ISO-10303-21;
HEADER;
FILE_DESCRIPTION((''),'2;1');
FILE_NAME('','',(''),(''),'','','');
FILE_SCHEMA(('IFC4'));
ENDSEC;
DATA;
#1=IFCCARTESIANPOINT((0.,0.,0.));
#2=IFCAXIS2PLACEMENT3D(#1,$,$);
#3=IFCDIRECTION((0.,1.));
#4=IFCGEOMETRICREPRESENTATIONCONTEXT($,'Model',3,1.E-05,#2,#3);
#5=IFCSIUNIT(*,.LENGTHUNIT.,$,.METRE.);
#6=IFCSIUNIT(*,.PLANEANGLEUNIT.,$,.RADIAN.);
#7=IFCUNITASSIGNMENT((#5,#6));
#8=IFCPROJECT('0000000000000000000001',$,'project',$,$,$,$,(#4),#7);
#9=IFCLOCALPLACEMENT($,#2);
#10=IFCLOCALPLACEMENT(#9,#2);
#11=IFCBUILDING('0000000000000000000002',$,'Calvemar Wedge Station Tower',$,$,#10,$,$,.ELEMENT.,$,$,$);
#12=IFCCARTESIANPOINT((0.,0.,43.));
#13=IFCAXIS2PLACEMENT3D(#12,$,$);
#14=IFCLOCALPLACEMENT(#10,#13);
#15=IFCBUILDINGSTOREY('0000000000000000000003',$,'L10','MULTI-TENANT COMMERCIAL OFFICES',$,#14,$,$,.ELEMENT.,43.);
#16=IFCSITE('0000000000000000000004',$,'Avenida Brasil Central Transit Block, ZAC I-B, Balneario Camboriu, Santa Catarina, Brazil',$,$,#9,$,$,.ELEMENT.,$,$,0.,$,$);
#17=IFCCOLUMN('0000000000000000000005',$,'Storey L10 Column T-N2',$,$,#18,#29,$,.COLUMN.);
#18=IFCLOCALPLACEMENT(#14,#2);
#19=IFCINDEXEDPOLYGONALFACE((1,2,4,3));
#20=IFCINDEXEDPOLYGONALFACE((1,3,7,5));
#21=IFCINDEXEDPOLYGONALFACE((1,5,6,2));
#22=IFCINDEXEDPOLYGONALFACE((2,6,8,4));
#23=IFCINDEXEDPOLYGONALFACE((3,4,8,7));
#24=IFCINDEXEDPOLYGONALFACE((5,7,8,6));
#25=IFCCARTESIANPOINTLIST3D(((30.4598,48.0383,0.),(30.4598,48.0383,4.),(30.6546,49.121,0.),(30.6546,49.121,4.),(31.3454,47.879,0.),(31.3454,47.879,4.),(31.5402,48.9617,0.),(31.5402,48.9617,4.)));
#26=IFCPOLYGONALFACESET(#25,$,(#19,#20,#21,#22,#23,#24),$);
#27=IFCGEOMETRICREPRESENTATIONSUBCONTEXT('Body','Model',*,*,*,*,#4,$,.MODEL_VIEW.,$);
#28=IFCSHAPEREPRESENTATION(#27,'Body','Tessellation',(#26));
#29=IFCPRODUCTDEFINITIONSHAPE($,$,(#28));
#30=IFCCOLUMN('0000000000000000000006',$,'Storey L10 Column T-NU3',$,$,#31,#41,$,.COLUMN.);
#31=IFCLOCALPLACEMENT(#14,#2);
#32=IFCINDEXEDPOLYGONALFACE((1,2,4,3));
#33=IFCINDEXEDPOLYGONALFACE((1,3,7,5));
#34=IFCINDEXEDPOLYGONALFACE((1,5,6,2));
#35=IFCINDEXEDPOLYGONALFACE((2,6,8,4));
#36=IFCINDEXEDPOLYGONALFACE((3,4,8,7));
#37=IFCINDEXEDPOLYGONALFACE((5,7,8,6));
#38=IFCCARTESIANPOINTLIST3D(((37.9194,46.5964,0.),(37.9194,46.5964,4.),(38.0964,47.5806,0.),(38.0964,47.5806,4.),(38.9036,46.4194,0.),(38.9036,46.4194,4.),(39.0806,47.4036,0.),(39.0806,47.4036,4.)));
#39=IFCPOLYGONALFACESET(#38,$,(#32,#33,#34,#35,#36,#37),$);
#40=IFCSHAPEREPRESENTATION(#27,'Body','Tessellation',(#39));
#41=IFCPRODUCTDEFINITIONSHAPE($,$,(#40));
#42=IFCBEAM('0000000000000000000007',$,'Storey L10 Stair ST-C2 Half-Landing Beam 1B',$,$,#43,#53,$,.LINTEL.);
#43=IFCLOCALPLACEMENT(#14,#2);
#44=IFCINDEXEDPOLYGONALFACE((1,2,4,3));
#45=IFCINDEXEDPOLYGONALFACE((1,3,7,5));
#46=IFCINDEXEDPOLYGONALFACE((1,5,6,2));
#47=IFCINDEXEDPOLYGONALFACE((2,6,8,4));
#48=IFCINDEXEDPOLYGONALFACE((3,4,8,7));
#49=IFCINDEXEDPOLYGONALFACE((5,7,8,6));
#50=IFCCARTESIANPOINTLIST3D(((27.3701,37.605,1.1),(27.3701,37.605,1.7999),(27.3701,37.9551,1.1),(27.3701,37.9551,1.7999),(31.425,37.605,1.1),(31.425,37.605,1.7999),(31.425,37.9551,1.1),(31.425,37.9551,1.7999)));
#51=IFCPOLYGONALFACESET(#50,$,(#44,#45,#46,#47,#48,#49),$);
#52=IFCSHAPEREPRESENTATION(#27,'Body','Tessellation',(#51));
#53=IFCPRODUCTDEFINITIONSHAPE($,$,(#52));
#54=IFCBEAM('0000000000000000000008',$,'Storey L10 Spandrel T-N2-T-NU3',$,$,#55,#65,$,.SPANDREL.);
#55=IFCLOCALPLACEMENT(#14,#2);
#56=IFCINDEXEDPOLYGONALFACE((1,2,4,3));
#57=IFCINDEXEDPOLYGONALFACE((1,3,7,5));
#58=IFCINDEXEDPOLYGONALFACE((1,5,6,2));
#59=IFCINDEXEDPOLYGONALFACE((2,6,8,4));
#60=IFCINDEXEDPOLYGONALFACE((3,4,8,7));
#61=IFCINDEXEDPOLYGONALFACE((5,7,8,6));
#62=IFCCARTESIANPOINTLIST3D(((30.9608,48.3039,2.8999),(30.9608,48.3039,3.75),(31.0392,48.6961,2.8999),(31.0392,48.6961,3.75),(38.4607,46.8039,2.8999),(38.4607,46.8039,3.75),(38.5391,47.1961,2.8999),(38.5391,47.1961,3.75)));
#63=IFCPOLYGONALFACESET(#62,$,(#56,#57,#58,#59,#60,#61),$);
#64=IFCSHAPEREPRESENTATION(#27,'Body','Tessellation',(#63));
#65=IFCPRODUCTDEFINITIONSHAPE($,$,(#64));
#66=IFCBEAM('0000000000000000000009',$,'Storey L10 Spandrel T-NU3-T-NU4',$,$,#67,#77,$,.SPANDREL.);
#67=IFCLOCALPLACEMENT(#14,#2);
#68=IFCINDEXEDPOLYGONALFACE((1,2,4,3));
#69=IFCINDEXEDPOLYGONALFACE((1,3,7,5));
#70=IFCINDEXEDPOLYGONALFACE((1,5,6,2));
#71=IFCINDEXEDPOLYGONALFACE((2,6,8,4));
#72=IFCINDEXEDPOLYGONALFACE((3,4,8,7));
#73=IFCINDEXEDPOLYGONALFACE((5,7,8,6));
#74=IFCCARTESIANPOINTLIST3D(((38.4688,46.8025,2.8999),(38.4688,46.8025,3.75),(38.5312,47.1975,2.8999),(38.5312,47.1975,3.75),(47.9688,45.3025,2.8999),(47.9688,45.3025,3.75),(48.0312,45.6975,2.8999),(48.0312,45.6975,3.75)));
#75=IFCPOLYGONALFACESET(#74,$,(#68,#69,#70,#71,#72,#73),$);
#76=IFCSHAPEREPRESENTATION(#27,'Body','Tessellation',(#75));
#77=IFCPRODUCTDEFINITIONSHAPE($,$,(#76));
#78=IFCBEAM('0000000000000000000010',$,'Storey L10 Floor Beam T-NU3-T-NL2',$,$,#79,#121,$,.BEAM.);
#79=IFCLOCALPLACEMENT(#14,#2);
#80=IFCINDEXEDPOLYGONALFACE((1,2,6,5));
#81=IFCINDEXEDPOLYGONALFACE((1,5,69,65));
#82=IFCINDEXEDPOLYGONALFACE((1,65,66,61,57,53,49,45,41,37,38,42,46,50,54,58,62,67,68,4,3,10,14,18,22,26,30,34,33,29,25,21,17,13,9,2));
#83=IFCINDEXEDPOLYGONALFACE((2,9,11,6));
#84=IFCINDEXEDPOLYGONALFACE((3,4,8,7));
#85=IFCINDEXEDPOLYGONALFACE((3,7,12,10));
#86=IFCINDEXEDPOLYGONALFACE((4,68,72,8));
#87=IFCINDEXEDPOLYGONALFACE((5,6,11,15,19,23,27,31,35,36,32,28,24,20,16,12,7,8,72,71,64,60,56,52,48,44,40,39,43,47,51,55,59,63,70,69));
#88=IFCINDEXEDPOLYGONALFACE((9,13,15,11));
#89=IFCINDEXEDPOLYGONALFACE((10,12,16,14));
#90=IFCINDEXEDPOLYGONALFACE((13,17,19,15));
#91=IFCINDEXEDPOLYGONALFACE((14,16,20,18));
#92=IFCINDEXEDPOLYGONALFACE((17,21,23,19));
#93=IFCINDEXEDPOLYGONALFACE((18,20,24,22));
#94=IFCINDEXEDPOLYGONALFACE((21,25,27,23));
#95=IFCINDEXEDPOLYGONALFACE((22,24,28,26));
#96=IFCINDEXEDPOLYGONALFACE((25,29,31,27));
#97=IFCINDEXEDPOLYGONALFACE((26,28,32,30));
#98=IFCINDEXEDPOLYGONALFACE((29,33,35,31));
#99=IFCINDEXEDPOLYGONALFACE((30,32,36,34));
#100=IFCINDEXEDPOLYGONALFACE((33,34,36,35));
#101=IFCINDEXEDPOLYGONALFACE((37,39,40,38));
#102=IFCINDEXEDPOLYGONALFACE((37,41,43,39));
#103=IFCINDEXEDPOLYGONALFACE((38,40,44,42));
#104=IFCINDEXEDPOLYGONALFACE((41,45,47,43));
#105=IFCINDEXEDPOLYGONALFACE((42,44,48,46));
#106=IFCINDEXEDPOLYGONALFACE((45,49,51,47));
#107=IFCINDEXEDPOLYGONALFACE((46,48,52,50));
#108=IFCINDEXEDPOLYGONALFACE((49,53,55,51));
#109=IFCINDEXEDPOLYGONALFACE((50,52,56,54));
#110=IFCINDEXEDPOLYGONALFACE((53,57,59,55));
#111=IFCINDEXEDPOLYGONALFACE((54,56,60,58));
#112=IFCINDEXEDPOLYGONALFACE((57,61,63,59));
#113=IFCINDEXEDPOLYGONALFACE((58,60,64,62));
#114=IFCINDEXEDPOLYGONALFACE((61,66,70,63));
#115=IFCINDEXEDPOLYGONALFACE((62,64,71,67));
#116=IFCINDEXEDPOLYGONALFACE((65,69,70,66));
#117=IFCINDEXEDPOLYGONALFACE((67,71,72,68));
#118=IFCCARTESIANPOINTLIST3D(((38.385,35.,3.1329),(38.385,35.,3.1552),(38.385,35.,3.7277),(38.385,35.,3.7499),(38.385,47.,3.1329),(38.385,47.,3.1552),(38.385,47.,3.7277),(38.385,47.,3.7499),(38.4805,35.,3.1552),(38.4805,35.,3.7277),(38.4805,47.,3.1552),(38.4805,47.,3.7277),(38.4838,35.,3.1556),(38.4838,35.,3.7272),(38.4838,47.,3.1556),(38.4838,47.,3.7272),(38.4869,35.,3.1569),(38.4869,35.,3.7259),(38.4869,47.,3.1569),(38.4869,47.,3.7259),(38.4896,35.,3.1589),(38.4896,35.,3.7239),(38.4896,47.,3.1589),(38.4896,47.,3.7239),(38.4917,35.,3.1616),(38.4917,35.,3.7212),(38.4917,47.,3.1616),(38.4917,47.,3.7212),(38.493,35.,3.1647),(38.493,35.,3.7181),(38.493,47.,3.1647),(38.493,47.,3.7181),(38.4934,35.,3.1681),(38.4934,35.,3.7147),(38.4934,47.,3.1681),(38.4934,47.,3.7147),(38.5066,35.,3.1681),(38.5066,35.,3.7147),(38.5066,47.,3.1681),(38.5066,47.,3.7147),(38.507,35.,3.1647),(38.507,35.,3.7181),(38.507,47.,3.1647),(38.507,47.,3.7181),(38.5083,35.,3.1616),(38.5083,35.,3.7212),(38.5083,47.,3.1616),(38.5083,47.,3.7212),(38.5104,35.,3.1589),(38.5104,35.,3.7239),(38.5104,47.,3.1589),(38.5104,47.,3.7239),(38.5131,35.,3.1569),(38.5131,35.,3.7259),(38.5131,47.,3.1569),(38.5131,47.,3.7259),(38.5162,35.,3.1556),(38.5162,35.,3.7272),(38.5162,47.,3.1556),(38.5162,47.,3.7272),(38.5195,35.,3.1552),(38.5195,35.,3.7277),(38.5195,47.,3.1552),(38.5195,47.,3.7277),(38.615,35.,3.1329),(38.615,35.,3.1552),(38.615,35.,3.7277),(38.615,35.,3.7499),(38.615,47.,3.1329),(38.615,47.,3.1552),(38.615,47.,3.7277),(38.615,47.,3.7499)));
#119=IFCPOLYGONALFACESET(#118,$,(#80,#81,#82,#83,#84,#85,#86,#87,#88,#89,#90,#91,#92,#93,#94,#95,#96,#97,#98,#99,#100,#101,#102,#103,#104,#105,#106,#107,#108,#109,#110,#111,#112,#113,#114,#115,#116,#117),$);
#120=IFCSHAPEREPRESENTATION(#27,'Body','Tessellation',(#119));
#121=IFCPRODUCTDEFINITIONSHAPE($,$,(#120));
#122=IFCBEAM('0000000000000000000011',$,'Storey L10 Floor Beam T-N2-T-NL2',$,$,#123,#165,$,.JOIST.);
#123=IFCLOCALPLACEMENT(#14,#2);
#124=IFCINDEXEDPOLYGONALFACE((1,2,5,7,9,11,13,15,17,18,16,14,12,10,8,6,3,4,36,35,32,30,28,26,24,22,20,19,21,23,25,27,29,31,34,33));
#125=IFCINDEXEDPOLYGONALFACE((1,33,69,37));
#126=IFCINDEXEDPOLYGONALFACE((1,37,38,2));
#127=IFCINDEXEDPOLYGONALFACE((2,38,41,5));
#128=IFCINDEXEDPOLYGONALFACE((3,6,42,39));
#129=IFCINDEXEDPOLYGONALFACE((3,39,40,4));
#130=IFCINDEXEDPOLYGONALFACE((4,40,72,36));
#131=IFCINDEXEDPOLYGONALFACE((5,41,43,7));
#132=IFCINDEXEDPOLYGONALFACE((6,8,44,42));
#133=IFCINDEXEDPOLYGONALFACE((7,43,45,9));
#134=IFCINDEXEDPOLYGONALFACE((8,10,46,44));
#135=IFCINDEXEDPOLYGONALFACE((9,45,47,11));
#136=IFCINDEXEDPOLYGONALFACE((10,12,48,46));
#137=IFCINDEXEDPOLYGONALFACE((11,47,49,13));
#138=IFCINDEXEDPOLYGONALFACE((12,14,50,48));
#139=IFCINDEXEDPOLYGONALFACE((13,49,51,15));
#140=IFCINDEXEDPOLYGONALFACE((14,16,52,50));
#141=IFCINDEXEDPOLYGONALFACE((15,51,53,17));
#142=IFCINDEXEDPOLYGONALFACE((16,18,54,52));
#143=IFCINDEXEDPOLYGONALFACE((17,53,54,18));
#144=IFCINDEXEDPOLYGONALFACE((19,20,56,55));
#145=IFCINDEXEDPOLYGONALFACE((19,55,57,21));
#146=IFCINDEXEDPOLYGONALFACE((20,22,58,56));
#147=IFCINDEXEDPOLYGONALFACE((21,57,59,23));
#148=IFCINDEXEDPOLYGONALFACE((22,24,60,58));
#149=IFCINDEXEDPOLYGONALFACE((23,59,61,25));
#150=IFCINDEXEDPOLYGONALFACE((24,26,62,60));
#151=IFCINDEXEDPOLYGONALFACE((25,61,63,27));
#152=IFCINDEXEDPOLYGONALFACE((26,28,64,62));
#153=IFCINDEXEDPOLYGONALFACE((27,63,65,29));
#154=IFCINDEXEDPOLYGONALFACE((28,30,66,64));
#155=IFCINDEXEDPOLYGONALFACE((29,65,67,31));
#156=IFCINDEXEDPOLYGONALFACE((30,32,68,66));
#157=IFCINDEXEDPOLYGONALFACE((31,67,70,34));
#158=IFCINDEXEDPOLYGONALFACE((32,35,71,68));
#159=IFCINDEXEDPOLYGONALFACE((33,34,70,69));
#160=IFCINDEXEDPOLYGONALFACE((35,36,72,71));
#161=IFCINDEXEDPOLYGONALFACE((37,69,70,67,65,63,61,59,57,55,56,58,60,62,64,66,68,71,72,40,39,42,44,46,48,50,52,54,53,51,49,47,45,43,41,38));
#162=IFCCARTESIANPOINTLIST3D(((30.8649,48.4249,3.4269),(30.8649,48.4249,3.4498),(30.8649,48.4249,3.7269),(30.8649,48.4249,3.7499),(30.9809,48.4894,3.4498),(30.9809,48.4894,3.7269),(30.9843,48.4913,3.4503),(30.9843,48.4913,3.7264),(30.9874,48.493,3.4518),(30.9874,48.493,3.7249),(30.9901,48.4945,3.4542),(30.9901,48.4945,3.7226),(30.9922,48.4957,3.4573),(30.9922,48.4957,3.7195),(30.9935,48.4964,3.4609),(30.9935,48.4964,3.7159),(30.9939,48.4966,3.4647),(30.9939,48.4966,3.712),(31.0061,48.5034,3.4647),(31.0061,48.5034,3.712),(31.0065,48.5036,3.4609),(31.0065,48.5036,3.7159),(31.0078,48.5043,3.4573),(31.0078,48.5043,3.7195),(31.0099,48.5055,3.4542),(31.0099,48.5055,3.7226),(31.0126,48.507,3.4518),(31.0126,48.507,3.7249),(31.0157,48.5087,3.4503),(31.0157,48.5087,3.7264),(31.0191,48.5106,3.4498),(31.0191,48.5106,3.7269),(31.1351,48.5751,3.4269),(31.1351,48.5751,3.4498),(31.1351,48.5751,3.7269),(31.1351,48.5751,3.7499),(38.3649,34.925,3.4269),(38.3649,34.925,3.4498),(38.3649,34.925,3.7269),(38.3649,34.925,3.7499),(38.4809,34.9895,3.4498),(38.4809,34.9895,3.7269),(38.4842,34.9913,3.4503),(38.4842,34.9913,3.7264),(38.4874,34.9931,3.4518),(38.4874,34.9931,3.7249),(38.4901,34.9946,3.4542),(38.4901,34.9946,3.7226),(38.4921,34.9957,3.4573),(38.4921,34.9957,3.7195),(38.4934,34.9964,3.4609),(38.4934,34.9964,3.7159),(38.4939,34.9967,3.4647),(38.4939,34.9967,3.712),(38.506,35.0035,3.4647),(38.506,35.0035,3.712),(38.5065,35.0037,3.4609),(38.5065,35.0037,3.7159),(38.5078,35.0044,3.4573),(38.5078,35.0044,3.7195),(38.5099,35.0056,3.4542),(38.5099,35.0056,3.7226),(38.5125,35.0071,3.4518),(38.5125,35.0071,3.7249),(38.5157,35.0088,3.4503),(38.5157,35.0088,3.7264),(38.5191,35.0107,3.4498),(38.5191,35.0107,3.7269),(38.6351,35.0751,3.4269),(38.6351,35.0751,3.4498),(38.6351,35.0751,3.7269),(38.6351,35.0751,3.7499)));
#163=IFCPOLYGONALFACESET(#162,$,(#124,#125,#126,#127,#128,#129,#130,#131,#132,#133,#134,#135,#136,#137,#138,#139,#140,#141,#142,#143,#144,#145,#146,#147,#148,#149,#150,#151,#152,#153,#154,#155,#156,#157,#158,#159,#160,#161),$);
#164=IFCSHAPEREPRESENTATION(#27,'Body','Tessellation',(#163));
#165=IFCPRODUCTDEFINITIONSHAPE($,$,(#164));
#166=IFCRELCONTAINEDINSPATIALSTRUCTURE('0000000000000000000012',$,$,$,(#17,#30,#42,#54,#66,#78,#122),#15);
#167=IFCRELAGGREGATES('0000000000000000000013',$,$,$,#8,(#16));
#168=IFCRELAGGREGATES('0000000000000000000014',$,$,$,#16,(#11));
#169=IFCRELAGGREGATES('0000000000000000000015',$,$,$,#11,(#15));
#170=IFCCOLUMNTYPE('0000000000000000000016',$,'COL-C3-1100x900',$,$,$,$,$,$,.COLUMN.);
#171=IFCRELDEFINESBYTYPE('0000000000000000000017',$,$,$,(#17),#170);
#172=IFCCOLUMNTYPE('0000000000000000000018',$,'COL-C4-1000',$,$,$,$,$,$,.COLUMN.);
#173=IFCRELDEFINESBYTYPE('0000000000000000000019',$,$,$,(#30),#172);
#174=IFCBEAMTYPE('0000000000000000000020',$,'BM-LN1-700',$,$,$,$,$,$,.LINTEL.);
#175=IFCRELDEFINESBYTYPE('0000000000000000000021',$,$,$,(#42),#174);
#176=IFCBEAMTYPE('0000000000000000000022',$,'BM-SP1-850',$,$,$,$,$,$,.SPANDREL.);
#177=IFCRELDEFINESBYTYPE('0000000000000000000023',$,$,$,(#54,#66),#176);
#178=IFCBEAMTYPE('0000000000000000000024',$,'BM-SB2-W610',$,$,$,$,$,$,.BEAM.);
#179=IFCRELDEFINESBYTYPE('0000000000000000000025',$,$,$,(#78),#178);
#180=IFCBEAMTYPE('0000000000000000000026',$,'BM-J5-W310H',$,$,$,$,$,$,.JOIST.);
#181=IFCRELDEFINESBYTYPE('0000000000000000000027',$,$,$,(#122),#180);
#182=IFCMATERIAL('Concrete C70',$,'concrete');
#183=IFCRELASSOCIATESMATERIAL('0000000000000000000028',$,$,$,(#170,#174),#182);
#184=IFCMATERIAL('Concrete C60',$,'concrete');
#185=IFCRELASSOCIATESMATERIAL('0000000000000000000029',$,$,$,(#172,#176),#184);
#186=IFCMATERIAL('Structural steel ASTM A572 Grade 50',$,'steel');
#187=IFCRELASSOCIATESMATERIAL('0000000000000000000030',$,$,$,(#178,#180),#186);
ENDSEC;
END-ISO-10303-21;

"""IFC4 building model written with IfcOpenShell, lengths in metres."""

from ifc_helpers import new_model, si_unit, direction, frame, origin, origin_2d, place, context, subcontext, project, spatial, rectangle, i_section, extrude, source, transform, mapped, material, material_profile, profile_set, type_object, element, save


model = new_model("IFC4")

# Units and contexts
model_context = context("Model", 3, precision=1e-05, world=origin(), true_north=direction((0.0, 1.0)))
body_context = subcontext(model_context, "Body", "Model", "MODEL_VIEW")
ifc_project = project(units=[si_unit("LENGTHUNIT", "METRE"), si_unit("PLANEANGLEUNIT", "RADIAN")], contexts=[model_context])

# Site, building, storey
site_placement = place(None, origin())
site = spatial("IfcSite", under=ifc_project, at=site_placement, Name="Avenida Brasil Central Transit Block, ZAC I-B, Balneario Camboriu, Santa Catarina, Brazil", CompositionType="ELEMENT", RefElevation=0.0)
building_placement = place(site_placement, origin())
building = spatial("IfcBuilding", under=site, at=building_placement, Name="Calvemar Wedge Station Tower", CompositionType="ELEMENT")
storey_placement = place(building_placement, frame((0.0, 0.0, 43.0)))
storey = spatial("IfcBuildingStorey", under=building, at=storey_placement, Name="L10", Description="MULTI-TENANT COMMERCIAL OFFICES", CompositionType="ELEMENT", Elevation=43.0)

# Columns
ifc_material_1 = material(Name="Concrete C70", Category="concrete")
ifc_material_profile_1 = material_profile(ifc_material_1, rectangle(XDim=0.8999, YDim=1.1001, at=origin_2d()), Name="RC1100x900")
ifc_profile_set_1 = profile_set([ifc_material_profile_1], Name="Concrete C70")
column_type_1 = type_object("IfcColumnType", Name="COL-C3-1100x900", PredefinedType="COLUMN", material=ifc_profile_set_1)
shared_shape_1 = source(origin(), body_context, "Body", "SweptSolid", [
    extrude(rectangle(XDim=0.8999, YDim=1.1001, at=origin_2d()), origin(), (0.0, 0.0, 1.0), 4.0),
])
column_1_placement = place(storey_placement, frame((31.0, 48.5, 0.0), z_axis=(0.0, 0.0, 1.0), x_axis=(0.984196, -0.177085, 0.0)))
element("IfcColumn", 1, at=column_1_placement, inside=storey, type_object=column_type_1, Name="Storey L10 Column T-N2", PredefinedType="COLUMN", context=body_context, shape_type="MappedRepresentation", body=[
    mapped(shared_shape_1, transform((0.0, 0.0, 0.0), scale=1.0)),
])
ifc_material_2 = material(Name="Concrete C60", Category="concrete")
ifc_material_profile_2 = material_profile(ifc_material_2, rectangle(XDim=1.0, YDim=1.0, at=origin_2d()), Name="RC1000x1000")
ifc_profile_set_2 = profile_set([ifc_material_profile_2], Name="Concrete C60")
column_type_2 = type_object("IfcColumnType", Name="COL-C4-1000", PredefinedType="COLUMN", material=ifc_profile_set_2)
shared_shape_2 = source(origin(), body_context, "Body", "SweptSolid", [
    extrude(rectangle(XDim=1.0, YDim=1.0, at=origin_2d()), origin(), (0.0, 0.0, 1.0), 4.0),
])
column_2_placement = place(storey_placement, frame((38.5, 47.0, 0.0), z_axis=(0.0, 0.0, 1.0), x_axis=(0.984196, -0.177085, 0.0)))
element("IfcColumn", 2, at=column_2_placement, inside=storey, type_object=column_type_2, Name="Storey L10 Column T-NU3", PredefinedType="COLUMN", context=body_context, shape_type="MappedRepresentation", body=[
    mapped(shared_shape_2, transform((0.0, 0.0, 0.0), scale=1.0)),
])

# Beams
ifc_material_profile_3 = material_profile(ifc_material_1, rectangle(XDim=0.3501, YDim=0.7, at=origin_2d()), Name="RC350x700")
ifc_profile_set_3 = profile_set([ifc_material_profile_3], Name="Concrete C70")
beam_type_1 = type_object("IfcBeamType", Name="BM-LN1-700", PredefinedType="LINTEL", material=ifc_profile_set_3)
shared_shape_3 = source(origin(), body_context, "Body", "SweptSolid", [
    extrude(rectangle(XDim=0.3501, YDim=0.7, at=origin_2d()), origin(), (0.0, 0.0, 1.0), 4.0549),
])
beam_1_placement = place(storey_placement, frame((27.3701, 37.78, 1.45), z_axis=(1.0, 0.0, 0.0), x_axis=(0.0, 1.0, 0.0)))
element("IfcBeam", 3, at=beam_1_placement, inside=storey, type_object=beam_type_1, Name="Storey L10 Stair ST-C2 Half-Landing Beam 1B", PredefinedType="LINTEL", context=body_context, shape_type="MappedRepresentation", body=[
    mapped(shared_shape_3, transform((0.0, 0.0, 0.0), scale=1.0)),
])
ifc_material_profile_4 = material_profile(ifc_material_2, rectangle(XDim=0.3999, YDim=0.8501, at=origin_2d()), Name="RC400x850")
ifc_profile_set_4 = profile_set([ifc_material_profile_4], Name="Concrete C60")
beam_type_2 = type_object("IfcBeamType", Name="BM-SP1-850", PredefinedType="SPANDREL", material=ifc_profile_set_4)
shared_shape_4 = source(origin(), body_context, "Body", "SweptSolid", [
    extrude(rectangle(XDim=0.3999, YDim=0.8501, at=origin_2d()), origin(), (0.0, 0.0, 1.0), 7.6484),
])
beam_2_placement = place(storey_placement, frame((31.0, 48.5, 3.325), z_axis=(0.980581, -0.196116, 0.0), x_axis=(0.196116, 0.980581, 0.0)))
element("IfcBeam", 4, at=beam_2_placement, inside=storey, type_object=beam_type_2, Name="Storey L10 Spandrel T-N2-T-NU3", PredefinedType="SPANDREL", context=body_context, shape_type="MappedRepresentation", body=[
    mapped(shared_shape_4, transform((0.0, 0.0, 0.0), scale=1.0)),
])
shared_shape_5 = source(origin(), body_context, "Body", "SweptSolid", [
    extrude(rectangle(XDim=0.3999, YDim=0.8501, at=origin_2d()), origin(), (0.0, 0.0, 1.0), 9.6177),
])
beam_3_placement = place(storey_placement, frame((38.5, 47.0, 3.325), z_axis=(0.987763, -0.155963, 0.0), x_axis=(0.155963, 0.987763, 0.0)))
element("IfcBeam", 5, at=beam_3_placement, inside=storey, type_object=beam_type_2, Name="Storey L10 Spandrel T-NU3-T-NU4", PredefinedType="SPANDREL", context=body_context, shape_type="MappedRepresentation", body=[
    mapped(shared_shape_5, transform((0.0, 0.0, 0.0), scale=1.0)),
])
ifc_material_3 = material(Name="Structural steel ASTM A572 Grade 50", Category="steel")
ifc_material_profile_5 = material_profile(ifc_material_3, i_section(OverallWidth=0.23, OverallDepth=0.6169, WebThickness=0.0132, FlangeThickness=0.0222, FilletRadius=0.0129, at=origin_2d()), Name="W610x140")
ifc_profile_set_5 = profile_set([ifc_material_profile_5], Name="Structural steel ASTM A572 Grade 50")
beam_type_3 = type_object("IfcBeamType", Name="BM-SB2-W610", PredefinedType="BEAM", material=ifc_profile_set_5)
shared_shape_6 = source(origin(), body_context, "Body", "SweptSolid", [
    extrude(i_section(OverallWidth=0.23, OverallDepth=0.6169, WebThickness=0.0132, FlangeThickness=0.0222, FilletRadius=0.0129, at=origin_2d()), origin(), (0.0, 0.0, 1.0), 12.0),
])
beam_4_placement = place(storey_placement, frame((38.5, 47.0, 3.4414), z_axis=(0.0, -1.0, 0.0), x_axis=(1.0, 0.0, 0.0)))
element("IfcBeam", 6, at=beam_4_placement, inside=storey, type_object=beam_type_3, Name="Storey L10 Floor Beam T-NU3-T-NL2", PredefinedType="BEAM", context=body_context, shape_type="MappedRepresentation", body=[
    mapped(shared_shape_6, transform((0.0, 0.0, 0.0), scale=1.0)),
])
ifc_material_profile_6 = material_profile(ifc_material_3, i_section(OverallWidth=0.3091, OverallDepth=0.323, WebThickness=0.0139, FlangeThickness=0.0229, FilletRadius=0.0149, at=origin_2d()), Name="W310x143")
ifc_profile_set_6 = profile_set([ifc_material_profile_6], Name="Structural steel ASTM A572 Grade 50")
beam_type_4 = type_object("IfcBeamType", Name="BM-J5-W310H", PredefinedType="JOIST", material=ifc_profile_set_6)
shared_shape_7 = source(origin(), body_context, "Body", "SweptSolid", [
    extrude(i_section(OverallWidth=0.3091, OverallDepth=0.323, WebThickness=0.0139, FlangeThickness=0.0229, FilletRadius=0.0149, at=origin_2d()), origin(), (0.0, 0.0, 1.0), 15.4434),
])
beam_5_placement = place(storey_placement, frame((31.0, 48.5, 3.5884), z_axis=(0.485643, -0.874157, 0.0), x_axis=(0.874157, 0.485643, 0.0)))
element("IfcBeam", 7, at=beam_5_placement, inside=storey, type_object=beam_type_4, Name="Storey L10 Floor Beam T-N2-T-NL2", PredefinedType="JOIST", context=body_context, shape_type="MappedRepresentation", body=[
    mapped(shared_shape_7, transform((0.0, 0.0, 0.0), scale=1.0)),
])

save(model, "model.ifc")
